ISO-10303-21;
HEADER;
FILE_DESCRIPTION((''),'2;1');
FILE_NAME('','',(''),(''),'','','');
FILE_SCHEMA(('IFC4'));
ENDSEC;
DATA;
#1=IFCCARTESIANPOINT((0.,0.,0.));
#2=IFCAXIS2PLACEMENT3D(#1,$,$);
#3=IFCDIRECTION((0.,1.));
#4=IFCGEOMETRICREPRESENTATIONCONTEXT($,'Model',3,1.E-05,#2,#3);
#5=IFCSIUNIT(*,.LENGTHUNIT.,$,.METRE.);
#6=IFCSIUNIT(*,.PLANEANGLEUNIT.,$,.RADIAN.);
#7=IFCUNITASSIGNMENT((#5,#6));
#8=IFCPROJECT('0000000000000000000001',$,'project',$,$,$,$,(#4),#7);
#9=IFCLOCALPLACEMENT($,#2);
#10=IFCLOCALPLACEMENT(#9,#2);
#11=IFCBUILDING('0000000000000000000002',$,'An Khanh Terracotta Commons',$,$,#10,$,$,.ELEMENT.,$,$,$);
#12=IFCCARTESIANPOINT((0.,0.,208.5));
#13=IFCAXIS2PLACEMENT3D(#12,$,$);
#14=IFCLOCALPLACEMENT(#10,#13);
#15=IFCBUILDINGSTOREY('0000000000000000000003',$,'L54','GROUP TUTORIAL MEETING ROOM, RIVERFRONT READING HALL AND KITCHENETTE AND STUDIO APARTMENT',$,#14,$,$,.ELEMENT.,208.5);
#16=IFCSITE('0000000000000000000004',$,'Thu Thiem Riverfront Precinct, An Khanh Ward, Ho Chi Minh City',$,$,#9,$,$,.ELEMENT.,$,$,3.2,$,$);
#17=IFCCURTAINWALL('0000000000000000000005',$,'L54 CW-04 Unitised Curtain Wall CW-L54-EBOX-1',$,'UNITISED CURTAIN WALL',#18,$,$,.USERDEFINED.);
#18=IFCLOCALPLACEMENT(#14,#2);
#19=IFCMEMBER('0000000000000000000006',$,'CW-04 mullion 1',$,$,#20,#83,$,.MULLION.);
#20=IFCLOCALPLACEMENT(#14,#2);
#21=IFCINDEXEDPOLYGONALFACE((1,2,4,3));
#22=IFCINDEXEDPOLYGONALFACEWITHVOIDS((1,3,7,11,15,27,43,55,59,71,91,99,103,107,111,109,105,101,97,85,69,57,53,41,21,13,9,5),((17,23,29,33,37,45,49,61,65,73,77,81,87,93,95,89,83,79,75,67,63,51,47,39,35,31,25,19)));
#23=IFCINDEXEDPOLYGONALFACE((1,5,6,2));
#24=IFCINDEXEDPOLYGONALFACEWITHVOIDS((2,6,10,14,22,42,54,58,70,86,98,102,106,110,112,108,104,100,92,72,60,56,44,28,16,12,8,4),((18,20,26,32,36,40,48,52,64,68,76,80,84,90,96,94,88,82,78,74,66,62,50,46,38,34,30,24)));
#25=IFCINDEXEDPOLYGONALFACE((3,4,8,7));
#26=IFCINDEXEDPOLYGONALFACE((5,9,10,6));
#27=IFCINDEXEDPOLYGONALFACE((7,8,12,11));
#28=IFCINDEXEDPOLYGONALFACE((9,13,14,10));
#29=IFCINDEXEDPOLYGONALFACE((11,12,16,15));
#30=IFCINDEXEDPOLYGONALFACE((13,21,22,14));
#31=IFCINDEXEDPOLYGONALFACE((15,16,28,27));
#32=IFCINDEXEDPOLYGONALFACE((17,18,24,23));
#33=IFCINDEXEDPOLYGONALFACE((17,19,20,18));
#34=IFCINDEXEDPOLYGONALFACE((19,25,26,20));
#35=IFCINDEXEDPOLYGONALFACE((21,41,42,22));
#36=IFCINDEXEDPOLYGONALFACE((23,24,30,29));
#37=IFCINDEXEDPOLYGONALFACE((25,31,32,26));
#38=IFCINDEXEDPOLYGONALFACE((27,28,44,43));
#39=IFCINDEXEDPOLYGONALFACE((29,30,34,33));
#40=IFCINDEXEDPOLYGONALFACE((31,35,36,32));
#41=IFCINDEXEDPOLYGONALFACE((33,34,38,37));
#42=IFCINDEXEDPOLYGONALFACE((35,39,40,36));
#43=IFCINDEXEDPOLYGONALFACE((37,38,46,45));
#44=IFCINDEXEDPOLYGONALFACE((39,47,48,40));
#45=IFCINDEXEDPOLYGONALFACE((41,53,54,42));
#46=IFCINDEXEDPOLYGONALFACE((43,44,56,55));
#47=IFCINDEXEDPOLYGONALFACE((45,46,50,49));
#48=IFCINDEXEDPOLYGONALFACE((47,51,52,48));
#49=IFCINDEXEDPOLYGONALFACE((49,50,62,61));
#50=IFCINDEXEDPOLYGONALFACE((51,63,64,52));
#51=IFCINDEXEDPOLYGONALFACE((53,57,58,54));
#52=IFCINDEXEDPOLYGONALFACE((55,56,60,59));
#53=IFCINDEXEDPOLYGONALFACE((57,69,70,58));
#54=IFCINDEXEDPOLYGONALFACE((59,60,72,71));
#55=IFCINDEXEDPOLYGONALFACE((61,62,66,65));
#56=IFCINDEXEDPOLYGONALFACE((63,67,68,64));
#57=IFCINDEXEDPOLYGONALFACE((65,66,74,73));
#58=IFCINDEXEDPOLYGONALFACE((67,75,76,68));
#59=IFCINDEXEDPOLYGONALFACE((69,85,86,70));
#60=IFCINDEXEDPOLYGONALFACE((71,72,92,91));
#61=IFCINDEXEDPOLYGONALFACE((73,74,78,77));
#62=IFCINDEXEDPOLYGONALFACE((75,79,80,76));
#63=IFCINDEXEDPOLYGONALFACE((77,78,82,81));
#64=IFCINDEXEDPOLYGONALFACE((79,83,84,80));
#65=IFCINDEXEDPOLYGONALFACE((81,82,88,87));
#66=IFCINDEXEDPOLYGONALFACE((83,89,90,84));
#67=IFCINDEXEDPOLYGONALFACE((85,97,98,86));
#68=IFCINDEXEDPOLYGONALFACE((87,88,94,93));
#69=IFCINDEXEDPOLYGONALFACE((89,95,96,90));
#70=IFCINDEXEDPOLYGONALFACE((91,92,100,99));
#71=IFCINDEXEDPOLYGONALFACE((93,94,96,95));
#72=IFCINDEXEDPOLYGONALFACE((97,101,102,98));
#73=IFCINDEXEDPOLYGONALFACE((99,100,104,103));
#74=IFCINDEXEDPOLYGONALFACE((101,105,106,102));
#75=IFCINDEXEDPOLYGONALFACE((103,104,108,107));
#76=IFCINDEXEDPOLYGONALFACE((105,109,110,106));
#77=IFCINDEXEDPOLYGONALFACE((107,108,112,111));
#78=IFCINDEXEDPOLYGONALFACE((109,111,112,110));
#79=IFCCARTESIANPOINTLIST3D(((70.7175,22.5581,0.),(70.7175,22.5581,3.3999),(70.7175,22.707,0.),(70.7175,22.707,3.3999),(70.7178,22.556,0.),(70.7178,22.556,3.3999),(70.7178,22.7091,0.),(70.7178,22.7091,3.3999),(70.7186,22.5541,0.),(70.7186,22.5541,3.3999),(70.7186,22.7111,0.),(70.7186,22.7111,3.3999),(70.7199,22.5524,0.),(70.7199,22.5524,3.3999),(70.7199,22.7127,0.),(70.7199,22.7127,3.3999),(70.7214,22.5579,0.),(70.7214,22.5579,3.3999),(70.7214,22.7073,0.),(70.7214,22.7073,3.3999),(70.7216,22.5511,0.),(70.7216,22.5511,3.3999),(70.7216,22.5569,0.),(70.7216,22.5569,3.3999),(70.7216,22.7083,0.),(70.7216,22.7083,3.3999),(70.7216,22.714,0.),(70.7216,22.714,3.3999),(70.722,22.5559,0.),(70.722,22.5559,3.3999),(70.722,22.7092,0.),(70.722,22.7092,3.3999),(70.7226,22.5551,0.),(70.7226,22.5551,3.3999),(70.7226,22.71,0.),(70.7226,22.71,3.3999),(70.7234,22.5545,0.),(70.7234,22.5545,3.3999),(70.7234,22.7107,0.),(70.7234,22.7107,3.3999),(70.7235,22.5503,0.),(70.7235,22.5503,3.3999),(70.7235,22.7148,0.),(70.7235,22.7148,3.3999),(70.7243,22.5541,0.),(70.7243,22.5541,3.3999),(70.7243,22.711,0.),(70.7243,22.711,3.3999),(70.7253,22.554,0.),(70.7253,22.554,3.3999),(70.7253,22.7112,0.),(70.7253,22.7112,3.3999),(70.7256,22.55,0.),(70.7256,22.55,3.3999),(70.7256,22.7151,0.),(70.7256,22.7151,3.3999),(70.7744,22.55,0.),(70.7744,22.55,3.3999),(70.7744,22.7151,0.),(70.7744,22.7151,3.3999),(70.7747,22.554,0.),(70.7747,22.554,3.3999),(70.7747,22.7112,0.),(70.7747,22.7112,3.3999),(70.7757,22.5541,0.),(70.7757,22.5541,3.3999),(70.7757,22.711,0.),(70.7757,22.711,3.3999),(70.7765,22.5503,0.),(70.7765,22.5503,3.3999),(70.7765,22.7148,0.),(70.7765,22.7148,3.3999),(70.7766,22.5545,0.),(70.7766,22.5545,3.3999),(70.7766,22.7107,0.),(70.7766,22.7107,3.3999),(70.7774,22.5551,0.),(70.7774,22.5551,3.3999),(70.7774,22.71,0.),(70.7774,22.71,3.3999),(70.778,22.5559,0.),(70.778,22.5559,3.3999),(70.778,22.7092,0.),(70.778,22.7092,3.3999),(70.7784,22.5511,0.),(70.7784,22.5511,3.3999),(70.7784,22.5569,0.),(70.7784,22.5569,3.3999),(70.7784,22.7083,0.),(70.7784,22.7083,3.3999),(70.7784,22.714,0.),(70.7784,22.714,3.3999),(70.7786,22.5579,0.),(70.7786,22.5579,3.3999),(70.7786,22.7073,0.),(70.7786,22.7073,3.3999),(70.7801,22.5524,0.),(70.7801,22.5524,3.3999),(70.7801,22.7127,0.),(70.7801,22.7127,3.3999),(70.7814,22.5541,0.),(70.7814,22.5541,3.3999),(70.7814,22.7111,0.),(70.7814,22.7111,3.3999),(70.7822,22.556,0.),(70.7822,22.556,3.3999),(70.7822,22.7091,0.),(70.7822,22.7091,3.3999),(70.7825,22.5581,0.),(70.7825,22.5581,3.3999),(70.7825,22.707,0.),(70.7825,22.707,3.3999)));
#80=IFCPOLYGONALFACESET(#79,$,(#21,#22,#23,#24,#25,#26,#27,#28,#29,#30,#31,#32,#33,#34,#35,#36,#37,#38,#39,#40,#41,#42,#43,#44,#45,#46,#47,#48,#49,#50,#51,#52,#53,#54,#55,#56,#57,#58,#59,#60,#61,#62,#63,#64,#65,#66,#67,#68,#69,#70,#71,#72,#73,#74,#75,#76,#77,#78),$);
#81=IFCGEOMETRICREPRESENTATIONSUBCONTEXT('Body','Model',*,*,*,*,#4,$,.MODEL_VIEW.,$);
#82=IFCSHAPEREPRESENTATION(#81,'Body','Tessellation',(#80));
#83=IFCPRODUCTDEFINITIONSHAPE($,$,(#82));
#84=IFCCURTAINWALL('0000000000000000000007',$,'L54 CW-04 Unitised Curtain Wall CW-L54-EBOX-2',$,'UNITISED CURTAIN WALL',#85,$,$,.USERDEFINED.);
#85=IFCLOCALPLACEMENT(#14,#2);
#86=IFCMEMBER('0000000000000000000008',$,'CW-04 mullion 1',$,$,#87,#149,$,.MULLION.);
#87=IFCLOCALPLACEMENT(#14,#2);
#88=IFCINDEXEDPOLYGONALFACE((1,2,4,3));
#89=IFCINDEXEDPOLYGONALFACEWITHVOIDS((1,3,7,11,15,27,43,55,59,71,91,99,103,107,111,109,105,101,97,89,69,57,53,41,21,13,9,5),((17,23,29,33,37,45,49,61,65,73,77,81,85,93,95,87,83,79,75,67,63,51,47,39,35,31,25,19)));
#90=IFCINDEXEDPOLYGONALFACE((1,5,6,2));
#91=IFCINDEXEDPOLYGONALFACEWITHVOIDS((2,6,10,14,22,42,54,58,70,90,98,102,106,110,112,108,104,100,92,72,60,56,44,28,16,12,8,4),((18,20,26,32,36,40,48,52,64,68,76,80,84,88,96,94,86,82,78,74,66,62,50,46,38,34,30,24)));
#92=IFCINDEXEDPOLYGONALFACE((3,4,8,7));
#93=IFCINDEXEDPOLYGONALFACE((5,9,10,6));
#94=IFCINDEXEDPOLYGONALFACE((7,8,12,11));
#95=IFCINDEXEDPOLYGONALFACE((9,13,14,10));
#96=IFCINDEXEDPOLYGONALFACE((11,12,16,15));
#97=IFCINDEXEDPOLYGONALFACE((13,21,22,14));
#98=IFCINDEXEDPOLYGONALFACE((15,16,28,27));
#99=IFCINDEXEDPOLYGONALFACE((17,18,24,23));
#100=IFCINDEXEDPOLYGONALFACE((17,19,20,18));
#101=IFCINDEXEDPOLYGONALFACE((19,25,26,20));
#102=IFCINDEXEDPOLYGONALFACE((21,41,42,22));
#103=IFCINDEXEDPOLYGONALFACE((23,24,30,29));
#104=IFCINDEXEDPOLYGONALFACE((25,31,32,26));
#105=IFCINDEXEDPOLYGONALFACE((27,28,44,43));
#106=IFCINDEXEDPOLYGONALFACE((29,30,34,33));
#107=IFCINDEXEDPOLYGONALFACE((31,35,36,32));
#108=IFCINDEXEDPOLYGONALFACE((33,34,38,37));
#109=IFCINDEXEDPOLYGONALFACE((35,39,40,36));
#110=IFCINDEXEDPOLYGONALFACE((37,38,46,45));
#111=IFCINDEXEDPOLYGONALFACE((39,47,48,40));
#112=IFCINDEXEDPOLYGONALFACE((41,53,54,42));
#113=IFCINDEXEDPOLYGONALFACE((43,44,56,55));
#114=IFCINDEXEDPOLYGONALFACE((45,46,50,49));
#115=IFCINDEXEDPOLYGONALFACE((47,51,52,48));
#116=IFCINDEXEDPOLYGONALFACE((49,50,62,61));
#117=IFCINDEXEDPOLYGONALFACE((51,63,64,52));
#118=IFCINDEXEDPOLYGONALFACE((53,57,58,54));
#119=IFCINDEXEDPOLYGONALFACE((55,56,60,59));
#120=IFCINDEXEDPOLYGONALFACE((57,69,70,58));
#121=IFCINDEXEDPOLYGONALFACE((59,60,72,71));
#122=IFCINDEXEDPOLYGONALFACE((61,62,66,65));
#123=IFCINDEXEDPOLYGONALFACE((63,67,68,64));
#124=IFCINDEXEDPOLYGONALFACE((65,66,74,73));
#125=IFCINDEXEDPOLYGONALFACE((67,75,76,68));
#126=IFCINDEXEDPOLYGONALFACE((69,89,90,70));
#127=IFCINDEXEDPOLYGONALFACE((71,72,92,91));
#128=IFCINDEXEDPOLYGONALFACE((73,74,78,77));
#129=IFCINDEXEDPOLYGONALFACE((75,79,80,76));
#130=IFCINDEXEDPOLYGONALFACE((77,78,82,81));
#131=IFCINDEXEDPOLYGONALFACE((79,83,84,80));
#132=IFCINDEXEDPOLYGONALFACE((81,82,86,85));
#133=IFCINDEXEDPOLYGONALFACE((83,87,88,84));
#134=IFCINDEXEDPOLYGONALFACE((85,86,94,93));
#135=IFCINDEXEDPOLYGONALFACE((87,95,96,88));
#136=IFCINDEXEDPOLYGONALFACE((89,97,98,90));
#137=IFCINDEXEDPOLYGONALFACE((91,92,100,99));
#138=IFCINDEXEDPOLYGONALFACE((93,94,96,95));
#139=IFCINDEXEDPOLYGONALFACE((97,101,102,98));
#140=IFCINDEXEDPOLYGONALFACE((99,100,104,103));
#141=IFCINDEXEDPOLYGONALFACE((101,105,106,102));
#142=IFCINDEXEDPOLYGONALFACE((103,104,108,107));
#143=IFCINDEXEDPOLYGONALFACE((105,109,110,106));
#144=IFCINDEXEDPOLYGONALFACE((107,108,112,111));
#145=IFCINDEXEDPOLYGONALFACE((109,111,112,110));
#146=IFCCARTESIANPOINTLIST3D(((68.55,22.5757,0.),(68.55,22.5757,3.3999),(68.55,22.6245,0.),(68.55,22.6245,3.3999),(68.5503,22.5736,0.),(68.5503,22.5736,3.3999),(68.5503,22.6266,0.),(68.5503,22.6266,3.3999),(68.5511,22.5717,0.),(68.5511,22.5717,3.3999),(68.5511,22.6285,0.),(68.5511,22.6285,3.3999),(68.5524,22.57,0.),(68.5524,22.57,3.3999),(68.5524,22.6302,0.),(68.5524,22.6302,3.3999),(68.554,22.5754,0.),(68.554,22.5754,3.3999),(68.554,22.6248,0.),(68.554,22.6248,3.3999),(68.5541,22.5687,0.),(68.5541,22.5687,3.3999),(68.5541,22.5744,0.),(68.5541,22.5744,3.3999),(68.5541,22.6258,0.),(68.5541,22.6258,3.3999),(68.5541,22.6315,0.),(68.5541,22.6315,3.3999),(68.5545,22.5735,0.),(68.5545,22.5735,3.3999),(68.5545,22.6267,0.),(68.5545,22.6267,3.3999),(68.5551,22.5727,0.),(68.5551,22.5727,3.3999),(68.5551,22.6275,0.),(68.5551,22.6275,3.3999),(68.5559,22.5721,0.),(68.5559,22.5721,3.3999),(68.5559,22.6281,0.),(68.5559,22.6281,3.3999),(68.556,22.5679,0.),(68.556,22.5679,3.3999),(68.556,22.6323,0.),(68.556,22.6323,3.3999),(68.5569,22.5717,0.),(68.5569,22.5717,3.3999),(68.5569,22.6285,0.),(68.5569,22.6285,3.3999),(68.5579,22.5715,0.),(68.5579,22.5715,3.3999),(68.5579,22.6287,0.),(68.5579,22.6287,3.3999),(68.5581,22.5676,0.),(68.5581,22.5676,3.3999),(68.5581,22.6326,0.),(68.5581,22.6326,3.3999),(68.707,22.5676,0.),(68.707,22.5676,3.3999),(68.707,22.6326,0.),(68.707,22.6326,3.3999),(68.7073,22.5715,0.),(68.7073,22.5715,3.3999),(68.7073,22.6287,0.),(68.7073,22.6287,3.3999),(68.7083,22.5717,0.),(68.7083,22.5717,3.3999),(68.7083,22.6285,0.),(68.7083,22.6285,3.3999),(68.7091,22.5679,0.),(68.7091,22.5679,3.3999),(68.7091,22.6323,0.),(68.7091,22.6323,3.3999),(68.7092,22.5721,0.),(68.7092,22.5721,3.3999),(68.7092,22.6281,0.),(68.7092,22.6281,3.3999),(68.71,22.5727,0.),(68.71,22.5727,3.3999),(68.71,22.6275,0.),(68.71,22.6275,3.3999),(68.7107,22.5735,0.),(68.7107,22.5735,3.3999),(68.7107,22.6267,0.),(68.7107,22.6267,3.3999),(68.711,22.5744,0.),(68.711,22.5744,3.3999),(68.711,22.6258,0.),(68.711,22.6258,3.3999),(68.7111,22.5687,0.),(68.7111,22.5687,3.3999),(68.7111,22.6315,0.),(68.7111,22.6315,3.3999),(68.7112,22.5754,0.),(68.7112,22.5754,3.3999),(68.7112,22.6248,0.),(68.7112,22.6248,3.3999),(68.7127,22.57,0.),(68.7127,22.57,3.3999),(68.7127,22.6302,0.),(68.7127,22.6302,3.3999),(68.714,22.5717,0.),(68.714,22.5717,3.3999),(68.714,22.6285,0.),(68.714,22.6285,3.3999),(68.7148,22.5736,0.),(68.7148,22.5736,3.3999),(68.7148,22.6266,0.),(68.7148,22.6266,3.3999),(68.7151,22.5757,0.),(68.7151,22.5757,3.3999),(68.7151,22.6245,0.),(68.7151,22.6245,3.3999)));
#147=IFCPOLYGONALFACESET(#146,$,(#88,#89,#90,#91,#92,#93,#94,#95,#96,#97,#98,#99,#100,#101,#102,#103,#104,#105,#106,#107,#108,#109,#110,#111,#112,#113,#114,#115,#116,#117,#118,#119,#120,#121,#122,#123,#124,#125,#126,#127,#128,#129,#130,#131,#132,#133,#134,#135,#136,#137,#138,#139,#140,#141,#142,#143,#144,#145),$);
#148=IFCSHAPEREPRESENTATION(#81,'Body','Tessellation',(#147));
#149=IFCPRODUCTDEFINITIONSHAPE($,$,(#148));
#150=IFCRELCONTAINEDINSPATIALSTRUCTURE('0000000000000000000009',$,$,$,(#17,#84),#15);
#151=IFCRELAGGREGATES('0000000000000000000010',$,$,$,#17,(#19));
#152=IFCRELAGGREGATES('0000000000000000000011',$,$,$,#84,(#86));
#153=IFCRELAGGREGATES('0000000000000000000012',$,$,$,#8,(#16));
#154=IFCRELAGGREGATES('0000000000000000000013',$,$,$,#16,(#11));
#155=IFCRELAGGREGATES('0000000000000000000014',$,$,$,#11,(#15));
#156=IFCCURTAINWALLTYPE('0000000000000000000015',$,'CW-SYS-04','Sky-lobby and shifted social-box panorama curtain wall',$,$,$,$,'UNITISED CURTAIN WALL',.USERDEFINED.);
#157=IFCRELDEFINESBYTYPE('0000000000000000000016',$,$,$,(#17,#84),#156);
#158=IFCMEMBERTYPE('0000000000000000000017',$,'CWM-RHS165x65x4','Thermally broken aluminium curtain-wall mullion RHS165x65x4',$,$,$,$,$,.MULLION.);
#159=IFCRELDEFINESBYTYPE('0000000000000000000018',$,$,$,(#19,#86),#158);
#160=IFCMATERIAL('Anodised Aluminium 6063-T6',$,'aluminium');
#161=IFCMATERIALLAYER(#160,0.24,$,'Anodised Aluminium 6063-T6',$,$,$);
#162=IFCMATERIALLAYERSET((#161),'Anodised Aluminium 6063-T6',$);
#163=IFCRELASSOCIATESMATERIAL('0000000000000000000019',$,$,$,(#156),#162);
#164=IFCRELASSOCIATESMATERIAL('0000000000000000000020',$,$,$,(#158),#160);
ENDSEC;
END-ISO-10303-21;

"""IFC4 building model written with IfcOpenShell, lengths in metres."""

from ifc_helpers import new_model, si_unit, direction, frame, origin, origin_2d, place, context, subcontext, project, spatial, hollow_rectangle, extrude, material, layer, layer_set, material_profile, profile_set, type_object, element, aggregate, save


model = new_model("IFC4")

# Units and contexts
model_context = context("Model", 3, precision=1e-05, world=origin(), true_north=direction((0.0, 1.0)))
body_context = subcontext(model_context, "Body", "Model", "MODEL_VIEW")
ifc_project = project(units=[si_unit("LENGTHUNIT", "METRE"), si_unit("PLANEANGLEUNIT", "RADIAN")], contexts=[model_context])

# Site, building, storey
site_placement = place(None, origin())
site = spatial("IfcSite", under=ifc_project, at=site_placement, Name="Thu Thiem Riverfront Precinct, An Khanh Ward, Ho Chi Minh City", CompositionType="ELEMENT", RefElevation=3.2)
building_placement = place(site_placement, origin())
building = spatial("IfcBuilding", under=site, at=building_placement, Name="An Khanh Terracotta Commons", CompositionType="ELEMENT")
storey_placement = place(building_placement, frame((0.0, 0.0, 208.5)))
storey = spatial("IfcBuildingStorey", under=building, at=storey_placement, Name="L54", Description="GROUP TUTORIAL MEETING ROOM, RIVERFRONT READING HALL AND KITCHENETTE AND STUDIO APARTMENT", CompositionType="ELEMENT", Elevation=208.5)

# Curtain wall, member
ifc_material_1 = material(Name="Anodised Aluminium 6063-T6", Category="aluminium")
ifc_layer_1 = layer(ifc_material_1, 0.24, Name="Anodised Aluminium 6063-T6")
ifc_layer_set_1 = layer_set([ifc_layer_1], Name="Anodised Aluminium 6063-T6")
curtain_wall_type_1 = type_object("IfcCurtainWallType", Name="CW-SYS-04", Description="Sky-lobby and shifted social-box panorama curtain wall", ElementType="UNITISED CURTAIN WALL", PredefinedType="USERDEFINED", material=ifc_layer_set_1)
curtain_wall_1_placement = place(storey_placement, origin())
curtain_wall_1 = element("IfcCurtainWall", 1, at=curtain_wall_1_placement, inside=storey, type_object=curtain_wall_type_1, Name="L54 CW-04 Unitised Curtain Wall CW-L54-EBOX-1", ObjectType="UNITISED CURTAIN WALL", PredefinedType="USERDEFINED")
ifc_material_profile_1 = material_profile(ifc_material_1, hollow_rectangle(XDim=0.0649, YDim=0.165, WallThickness=0.0039, InnerFilletRadius=0.0039, OuterFilletRadius=0.0081, at=origin_2d()), Name="RHS165x65x4")
ifc_profile_set_1 = profile_set([ifc_material_profile_1], Name="Anodised Aluminium 6063-T6")
member_type_1 = type_object("IfcMemberType", Name="CWM-RHS165x65x4", Description="Thermally broken aluminium curtain-wall mullion RHS165x65x4", PredefinedType="MULLION", material=ifc_profile_set_1)
member_1_placement = place(storey_placement, frame((70.75, 22.6326, 0.0), z_axis=(0.0, 0.0, 1.0), x_axis=(-1.0, 0.0, 0.0)))
member_1 = element("IfcMember", 2, at=member_1_placement, type_object=member_type_1, Name="CW-04 mullion 1", PredefinedType="MULLION", context=body_context, shape_type="SweptSolid", body=[
    extrude(hollow_rectangle(XDim=0.0649, YDim=0.165, WallThickness=0.0039, InnerFilletRadius=0.0039, OuterFilletRadius=0.0081, at=origin_2d()), origin(), (0.0, 0.0, 1.0), 3.3999),
])

# Curtain wall, member
curtain_wall_2_placement = place(storey_placement, origin())
curtain_wall_2 = element("IfcCurtainWall", 3, at=curtain_wall_2_placement, inside=storey, type_object=curtain_wall_type_1, Name="L54 CW-04 Unitised Curtain Wall CW-L54-EBOX-2", ObjectType="UNITISED CURTAIN WALL", PredefinedType="USERDEFINED")
member_2_placement = place(storey_placement, frame((68.6326, 22.6001, 0.0), z_axis=(0.0, 0.0, 1.0), x_axis=(0.0, 1.0, 0.0)))
member_2 = element("IfcMember", 4, at=member_2_placement, type_object=member_type_1, Name="CW-04 mullion 1", PredefinedType="MULLION", context=body_context, shape_type="SweptSolid", body=[
    extrude(hollow_rectangle(XDim=0.0649, YDim=0.165, WallThickness=0.0039, InnerFilletRadius=0.0039, OuterFilletRadius=0.0081, at=origin_2d()), origin(), (0.0, 0.0, 1.0), 3.3999),
])

aggregate(curtain_wall_1, [member_1])
aggregate(curtain_wall_2, [member_2])

save(model, "model.ifc")
